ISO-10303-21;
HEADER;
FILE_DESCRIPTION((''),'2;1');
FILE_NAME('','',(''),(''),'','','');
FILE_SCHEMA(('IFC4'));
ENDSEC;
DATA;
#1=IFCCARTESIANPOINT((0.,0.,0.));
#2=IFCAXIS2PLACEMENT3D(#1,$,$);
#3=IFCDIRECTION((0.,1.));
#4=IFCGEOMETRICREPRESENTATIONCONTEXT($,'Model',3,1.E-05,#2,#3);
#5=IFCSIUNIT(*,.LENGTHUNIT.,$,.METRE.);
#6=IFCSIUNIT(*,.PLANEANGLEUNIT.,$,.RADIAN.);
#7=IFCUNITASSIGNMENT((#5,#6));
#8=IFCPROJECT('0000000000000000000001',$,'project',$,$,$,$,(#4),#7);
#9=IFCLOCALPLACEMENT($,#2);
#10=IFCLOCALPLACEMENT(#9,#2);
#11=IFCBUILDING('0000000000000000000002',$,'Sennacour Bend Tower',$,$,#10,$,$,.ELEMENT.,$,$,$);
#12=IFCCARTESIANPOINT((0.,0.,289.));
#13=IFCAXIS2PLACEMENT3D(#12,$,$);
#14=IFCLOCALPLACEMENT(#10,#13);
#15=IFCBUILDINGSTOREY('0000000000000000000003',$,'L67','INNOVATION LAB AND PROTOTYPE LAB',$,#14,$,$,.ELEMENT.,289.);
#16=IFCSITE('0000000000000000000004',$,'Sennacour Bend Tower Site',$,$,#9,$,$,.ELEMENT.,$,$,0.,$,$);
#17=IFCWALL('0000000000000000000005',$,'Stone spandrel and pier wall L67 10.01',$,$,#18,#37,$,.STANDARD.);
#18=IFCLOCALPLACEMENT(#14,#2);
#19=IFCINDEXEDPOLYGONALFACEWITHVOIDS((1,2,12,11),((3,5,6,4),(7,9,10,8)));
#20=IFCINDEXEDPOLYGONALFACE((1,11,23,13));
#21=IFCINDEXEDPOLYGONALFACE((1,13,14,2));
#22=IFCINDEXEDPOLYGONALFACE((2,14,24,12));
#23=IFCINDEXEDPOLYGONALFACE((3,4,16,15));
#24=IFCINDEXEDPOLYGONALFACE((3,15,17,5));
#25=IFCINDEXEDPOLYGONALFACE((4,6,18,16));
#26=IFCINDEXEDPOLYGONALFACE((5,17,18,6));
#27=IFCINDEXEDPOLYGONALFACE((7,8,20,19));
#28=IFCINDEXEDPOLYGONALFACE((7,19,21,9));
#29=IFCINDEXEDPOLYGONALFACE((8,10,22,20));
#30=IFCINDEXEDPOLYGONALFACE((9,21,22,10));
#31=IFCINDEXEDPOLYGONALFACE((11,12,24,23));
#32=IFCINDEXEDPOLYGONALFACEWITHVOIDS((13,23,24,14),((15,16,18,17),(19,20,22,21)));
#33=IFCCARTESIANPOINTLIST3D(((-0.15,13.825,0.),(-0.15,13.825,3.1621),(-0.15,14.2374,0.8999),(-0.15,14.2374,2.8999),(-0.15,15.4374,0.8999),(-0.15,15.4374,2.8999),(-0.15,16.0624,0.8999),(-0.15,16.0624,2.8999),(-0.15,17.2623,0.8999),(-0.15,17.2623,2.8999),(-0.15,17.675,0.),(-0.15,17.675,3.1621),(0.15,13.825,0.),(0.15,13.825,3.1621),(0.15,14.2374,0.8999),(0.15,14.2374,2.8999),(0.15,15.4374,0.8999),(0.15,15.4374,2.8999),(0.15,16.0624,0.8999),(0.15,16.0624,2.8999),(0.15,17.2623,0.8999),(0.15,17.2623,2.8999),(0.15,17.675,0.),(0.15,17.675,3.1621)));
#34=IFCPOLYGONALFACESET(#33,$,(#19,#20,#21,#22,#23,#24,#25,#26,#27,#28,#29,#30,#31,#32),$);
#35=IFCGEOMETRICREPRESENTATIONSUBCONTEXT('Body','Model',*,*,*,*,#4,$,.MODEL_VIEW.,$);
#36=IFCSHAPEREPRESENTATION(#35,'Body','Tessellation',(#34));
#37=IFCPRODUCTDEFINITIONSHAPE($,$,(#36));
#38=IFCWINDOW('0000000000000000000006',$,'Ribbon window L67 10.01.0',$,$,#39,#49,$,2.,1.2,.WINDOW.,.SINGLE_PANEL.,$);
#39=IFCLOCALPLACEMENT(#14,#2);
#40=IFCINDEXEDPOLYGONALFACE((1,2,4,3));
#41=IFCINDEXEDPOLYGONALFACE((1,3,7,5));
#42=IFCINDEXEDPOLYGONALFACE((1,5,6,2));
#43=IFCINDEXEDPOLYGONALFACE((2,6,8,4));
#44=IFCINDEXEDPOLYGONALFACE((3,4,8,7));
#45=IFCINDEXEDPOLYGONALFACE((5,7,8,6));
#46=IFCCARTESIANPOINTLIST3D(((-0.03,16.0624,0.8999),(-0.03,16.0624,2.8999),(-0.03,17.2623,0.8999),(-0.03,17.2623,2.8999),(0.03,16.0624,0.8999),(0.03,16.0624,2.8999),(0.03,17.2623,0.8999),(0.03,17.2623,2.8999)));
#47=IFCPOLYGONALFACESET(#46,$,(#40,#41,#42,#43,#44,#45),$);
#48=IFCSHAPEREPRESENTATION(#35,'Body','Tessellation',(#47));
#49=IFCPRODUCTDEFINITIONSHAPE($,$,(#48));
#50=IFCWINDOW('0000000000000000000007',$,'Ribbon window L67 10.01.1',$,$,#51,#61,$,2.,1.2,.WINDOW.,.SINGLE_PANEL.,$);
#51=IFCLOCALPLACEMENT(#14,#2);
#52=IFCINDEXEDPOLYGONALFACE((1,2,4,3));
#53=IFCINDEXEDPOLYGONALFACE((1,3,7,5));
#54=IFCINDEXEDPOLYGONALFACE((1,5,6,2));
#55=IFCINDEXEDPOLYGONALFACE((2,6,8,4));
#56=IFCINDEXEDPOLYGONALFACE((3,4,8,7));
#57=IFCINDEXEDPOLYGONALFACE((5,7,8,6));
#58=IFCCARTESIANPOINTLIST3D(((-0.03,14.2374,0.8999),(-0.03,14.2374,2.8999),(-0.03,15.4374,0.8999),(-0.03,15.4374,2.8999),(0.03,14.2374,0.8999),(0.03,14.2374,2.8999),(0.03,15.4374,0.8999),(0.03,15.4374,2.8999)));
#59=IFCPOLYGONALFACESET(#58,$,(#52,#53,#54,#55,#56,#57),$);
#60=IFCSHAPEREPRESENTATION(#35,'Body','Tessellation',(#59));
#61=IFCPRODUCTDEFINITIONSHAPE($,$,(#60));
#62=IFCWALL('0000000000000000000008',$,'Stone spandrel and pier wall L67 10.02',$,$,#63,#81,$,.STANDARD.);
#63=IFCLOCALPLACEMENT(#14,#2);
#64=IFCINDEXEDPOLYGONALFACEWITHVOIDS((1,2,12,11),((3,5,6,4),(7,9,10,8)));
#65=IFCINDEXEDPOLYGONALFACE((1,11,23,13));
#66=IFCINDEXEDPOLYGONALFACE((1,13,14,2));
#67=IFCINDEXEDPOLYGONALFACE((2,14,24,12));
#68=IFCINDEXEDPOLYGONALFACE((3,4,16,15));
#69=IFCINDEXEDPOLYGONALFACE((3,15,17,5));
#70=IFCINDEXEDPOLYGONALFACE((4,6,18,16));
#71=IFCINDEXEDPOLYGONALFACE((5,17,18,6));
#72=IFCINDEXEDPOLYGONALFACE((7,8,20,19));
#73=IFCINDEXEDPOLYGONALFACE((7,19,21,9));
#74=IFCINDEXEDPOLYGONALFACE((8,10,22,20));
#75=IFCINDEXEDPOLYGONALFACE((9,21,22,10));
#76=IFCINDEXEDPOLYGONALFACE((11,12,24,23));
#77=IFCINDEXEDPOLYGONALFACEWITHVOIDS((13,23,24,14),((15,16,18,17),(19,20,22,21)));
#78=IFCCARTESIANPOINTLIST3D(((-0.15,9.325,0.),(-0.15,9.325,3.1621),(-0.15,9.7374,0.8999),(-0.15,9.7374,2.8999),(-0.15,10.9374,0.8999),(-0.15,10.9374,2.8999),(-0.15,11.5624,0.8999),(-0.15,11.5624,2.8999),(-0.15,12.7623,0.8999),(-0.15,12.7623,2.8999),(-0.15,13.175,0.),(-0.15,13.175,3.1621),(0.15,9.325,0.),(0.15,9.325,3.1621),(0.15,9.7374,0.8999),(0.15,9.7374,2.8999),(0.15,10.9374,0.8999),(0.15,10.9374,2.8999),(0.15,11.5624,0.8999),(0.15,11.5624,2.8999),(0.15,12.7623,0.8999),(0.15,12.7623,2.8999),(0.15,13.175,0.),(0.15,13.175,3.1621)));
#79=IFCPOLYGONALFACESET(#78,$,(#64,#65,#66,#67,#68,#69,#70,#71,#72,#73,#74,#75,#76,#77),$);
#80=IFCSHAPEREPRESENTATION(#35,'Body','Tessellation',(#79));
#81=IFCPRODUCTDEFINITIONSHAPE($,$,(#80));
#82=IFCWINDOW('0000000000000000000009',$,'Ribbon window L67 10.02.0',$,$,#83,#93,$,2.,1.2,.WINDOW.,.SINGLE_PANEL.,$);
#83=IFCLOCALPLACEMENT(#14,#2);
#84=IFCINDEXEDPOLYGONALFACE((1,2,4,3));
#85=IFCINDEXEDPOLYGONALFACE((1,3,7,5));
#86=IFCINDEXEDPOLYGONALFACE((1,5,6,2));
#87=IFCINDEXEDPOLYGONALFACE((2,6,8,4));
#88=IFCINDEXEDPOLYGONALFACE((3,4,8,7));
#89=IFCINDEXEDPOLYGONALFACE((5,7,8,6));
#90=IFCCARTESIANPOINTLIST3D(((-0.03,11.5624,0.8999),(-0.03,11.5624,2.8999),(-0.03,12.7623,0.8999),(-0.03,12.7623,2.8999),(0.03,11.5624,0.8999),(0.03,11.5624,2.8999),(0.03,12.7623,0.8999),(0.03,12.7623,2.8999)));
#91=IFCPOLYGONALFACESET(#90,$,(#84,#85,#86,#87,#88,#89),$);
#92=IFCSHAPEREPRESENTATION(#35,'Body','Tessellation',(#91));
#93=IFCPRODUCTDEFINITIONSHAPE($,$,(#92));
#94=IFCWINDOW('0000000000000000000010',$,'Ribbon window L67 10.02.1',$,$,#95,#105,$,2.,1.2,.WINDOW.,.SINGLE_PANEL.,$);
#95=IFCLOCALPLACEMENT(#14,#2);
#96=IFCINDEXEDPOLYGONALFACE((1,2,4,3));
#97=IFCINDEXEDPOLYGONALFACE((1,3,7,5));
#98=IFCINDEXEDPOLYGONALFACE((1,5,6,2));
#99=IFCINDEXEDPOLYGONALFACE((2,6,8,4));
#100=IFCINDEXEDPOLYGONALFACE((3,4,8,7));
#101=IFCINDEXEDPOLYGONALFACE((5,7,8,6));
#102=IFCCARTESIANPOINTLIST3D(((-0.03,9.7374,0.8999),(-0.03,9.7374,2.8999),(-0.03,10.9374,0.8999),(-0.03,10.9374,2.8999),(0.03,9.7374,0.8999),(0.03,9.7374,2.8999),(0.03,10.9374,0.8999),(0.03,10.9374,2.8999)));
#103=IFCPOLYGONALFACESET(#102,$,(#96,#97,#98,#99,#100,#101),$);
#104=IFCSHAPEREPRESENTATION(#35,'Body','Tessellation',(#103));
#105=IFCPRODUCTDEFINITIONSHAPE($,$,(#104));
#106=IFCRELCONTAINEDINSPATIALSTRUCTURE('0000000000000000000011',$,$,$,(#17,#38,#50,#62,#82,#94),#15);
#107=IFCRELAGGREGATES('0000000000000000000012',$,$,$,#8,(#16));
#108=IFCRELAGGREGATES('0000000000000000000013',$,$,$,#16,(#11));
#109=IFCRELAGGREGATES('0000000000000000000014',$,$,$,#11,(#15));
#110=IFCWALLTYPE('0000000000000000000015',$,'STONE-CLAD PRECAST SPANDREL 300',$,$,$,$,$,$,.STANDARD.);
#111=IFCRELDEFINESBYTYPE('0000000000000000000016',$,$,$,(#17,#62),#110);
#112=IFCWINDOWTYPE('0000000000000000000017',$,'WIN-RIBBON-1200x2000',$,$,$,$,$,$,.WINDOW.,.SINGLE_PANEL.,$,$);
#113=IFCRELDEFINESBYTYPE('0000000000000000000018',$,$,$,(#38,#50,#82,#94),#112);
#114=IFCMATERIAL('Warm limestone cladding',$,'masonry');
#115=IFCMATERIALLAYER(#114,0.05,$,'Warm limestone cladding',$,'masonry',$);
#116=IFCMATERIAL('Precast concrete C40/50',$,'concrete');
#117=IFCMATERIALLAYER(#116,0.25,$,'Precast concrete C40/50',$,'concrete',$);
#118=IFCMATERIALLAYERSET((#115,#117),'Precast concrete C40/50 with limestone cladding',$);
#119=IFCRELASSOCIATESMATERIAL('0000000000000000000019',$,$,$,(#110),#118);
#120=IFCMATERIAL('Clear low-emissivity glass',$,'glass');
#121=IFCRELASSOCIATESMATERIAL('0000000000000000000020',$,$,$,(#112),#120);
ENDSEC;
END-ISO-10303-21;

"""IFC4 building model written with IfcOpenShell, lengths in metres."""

from ifc_helpers import new_model, si_unit, direction, frame, frame_2d, origin, place, context, subcontext, project, spatial, rectangle, extrude, material, layer, layer_set, type_object, element, fill, save


model = new_model("IFC4")

# Units and contexts
model_context = context("Model", 3, precision=1e-05, world=origin(), true_north=direction((0.0, 1.0)))
body_context = subcontext(model_context, "Body", "Model", "MODEL_VIEW")
ifc_project = project(units=[si_unit("LENGTHUNIT", "METRE"), si_unit("PLANEANGLEUNIT", "RADIAN")], contexts=[model_context])

# Site, building, storey
site_placement = place(None, origin())
site = spatial("IfcSite", under=ifc_project, at=site_placement, Name="Sennacour Bend Tower Site", CompositionType="ELEMENT", RefElevation=0.0)
building_placement = place(site_placement, origin())
building = spatial("IfcBuilding", under=site, at=building_placement, Name="Sennacour Bend Tower", CompositionType="ELEMENT")
storey_placement = place(building_placement, frame((0.0, 0.0, 289.0)))
storey = spatial("IfcBuildingStorey", under=building, at=storey_placement, Name="L67", Description="INNOVATION LAB AND PROTOTYPE LAB", CompositionType="ELEMENT", Elevation=289.0)

# Walls, openings, windows
ifc_material_1 = material(Name="Warm limestone cladding", Category="masonry")
ifc_layer_1 = layer(ifc_material_1, 0.05, Name="Warm limestone cladding", Category="masonry")
ifc_material_2 = material(Name="Precast concrete C40/50", Category="concrete")
ifc_layer_2 = layer(ifc_material_2, 0.25, Name="Precast concrete C40/50", Category="concrete")
ifc_layer_set_1 = layer_set([ifc_layer_1, ifc_layer_2], Name="Precast concrete C40/50 with limestone cladding")
wall_type_1 = type_object("IfcWallType", Name="STONE-CLAD PRECAST SPANDREL 300", PredefinedType="STANDARD", material=ifc_layer_set_1)
ifc_material_3 = material(Name="Clear low-emissivity glass", Category="glass")
window_type_1 = type_object("IfcWindowType", Name="WIN-RIBBON-1200x2000", PartitioningType="SINGLE_PANEL", PredefinedType="WINDOW", material=ifc_material_3)
wall_1_placement = place(storey_placement, frame((0.0, 17.675, 0.0), z_axis=(0.0, 0.0, 1.0), x_axis=(0.0, -1.0, 0.0)))
wall_1 = element("IfcWall", 1, at=wall_1_placement, inside=storey, type_object=wall_type_1, Name="Stone spandrel and pier wall L67 10.01", PredefinedType="STANDARD", context=body_context, shape_type="SweptSolid", body=[
    extrude(rectangle(XDim=3.8501, YDim=0.3, at=frame_2d((1.925, 0.0))), origin(), (0.0, 0.0, 1.0), 3.1621),
])
opening_1_placement = place(wall_1_placement, frame((0.4126, 0.0, 0.8999)))
opening_1 = element("IfcOpeningElement", 2, at=opening_1_placement, cuts=wall_1, PredefinedType="OPENING", context=body_context, shape_type="SweptSolid", body=[
    extrude(rectangle(XDim=1.2, YDim=2.0, at=frame_2d((0.6001, 1.0))), frame((0.0, 0.1602, 0.0), z_axis=(0.0, -1.0, 0.0), x_axis=(1.0, 0.0, 0.0)), (0.0, 0.0, 1.0), 0.3201),
])
opening_2_placement = place(wall_1_placement, frame((2.2375, 0.0, 0.8999)))
opening_2 = element("IfcOpeningElement", 3, at=opening_2_placement, cuts=wall_1, PredefinedType="OPENING", context=body_context, shape_type="SweptSolid", body=[
    extrude(rectangle(XDim=1.2, YDim=2.0, at=frame_2d((0.6001, 1.0))), frame((0.0, 0.1602, 0.0), z_axis=(0.0, -1.0, 0.0), x_axis=(1.0, 0.0, 0.0)), (0.0, 0.0, 1.0), 0.3201),
])
window_1_placement = place(opening_1_placement, origin())
window_1 = element("IfcWindow", 4, at=window_1_placement, inside=storey, type_object=window_type_1, Name="Ribbon window L67 10.01.0", OverallHeight=2.0, OverallWidth=1.2, PartitioningType="SINGLE_PANEL", PredefinedType="WINDOW", context=body_context, shape_type="SweptSolid", body=[
    extrude(rectangle(XDim=1.2, YDim=2.0, at=frame_2d((0.6001, 1.0))), frame((0.0, 0.03, 0.0), z_axis=(0.0, -1.0, 0.0), x_axis=(1.0, 0.0, 0.0)), (0.0, 0.0, 1.0), 0.0601),
])
fill(opening_1, window_1)
window_2_placement = place(opening_2_placement, origin())
window_2 = element("IfcWindow", 5, at=window_2_placement, inside=storey, type_object=window_type_1, Name="Ribbon window L67 10.01.1", OverallHeight=2.0, OverallWidth=1.2, PartitioningType="SINGLE_PANEL", PredefinedType="WINDOW", context=body_context, shape_type="SweptSolid", body=[
    extrude(rectangle(XDim=1.2, YDim=2.0, at=frame_2d((0.6001, 1.0))), frame((0.0, 0.03, 0.0), z_axis=(0.0, -1.0, 0.0), x_axis=(1.0, 0.0, 0.0)), (0.0, 0.0, 1.0), 0.0601),
])
fill(opening_2, window_2)
wall_2_placement = place(storey_placement, frame((0.0, 13.175, 0.0), z_axis=(0.0, 0.0, 1.0), x_axis=(0.0, -1.0, 0.0)))
wall_2 = element("IfcWall", 6, at=wall_2_placement, inside=storey, type_object=wall_type_1, Name="Stone spandrel and pier wall L67 10.02", PredefinedType="STANDARD", context=body_context, shape_type="SweptSolid", body=[
    extrude(rectangle(XDim=3.8501, YDim=0.3, at=frame_2d((1.925, 0.0))), origin(), (0.0, 0.0, 1.0), 3.1621),
])
opening_3_placement = place(wall_2_placement, frame((0.4126, 0.0, 0.8999)))
opening_3 = element("IfcOpeningElement", 7, at=opening_3_placement, cuts=wall_2, PredefinedType="OPENING", context=body_context, shape_type="SweptSolid", body=[
    extrude(rectangle(XDim=1.2, YDim=2.0, at=frame_2d((0.6001, 1.0))), frame((0.0, 0.1602, 0.0), z_axis=(0.0, -1.0, 0.0), x_axis=(1.0, 0.0, 0.0)), (0.0, 0.0, 1.0), 0.3201),
])
opening_4_placement = place(wall_2_placement, frame((2.2375, 0.0, 0.8999)))
opening_4 = element("IfcOpeningElement", 8, at=opening_4_placement, cuts=wall_2, PredefinedType="OPENING", context=body_context, shape_type="SweptSolid", body=[
    extrude(rectangle(XDim=1.2, YDim=2.0, at=frame_2d((0.6001, 1.0))), frame((0.0, 0.1602, 0.0), z_axis=(0.0, -1.0, 0.0), x_axis=(1.0, 0.0, 0.0)), (0.0, 0.0, 1.0), 0.3201),
])
window_3_placement = place(opening_3_placement, origin())
window_3 = element("IfcWindow", 9, at=window_3_placement, inside=storey, type_object=window_type_1, Name="Ribbon window L67 10.02.0", OverallHeight=2.0, OverallWidth=1.2, PartitioningType="SINGLE_PANEL", PredefinedType="WINDOW", context=body_context, shape_type="SweptSolid", body=[
    extrude(rectangle(XDim=1.2, YDim=2.0, at=frame_2d((0.6001, 1.0))), frame((0.0, 0.03, 0.0), z_axis=(0.0, -1.0, 0.0), x_axis=(1.0, 0.0, 0.0)), (0.0, 0.0, 1.0), 0.0601),
])
fill(opening_3, window_3)
window_4_placement = place(opening_4_placement, origin())
window_4 = element("IfcWindow", 10, at=window_4_placement, inside=storey, type_object=window_type_1, Name="Ribbon window L67 10.02.1", OverallHeight=2.0, OverallWidth=1.2, PartitioningType="SINGLE_PANEL", PredefinedType="WINDOW", context=body_context, shape_type="SweptSolid", body=[
    extrude(rectangle(XDim=1.2, YDim=2.0, at=frame_2d((0.6001, 1.0))), frame((0.0, 0.03, 0.0), z_axis=(0.0, -1.0, 0.0), x_axis=(1.0, 0.0, 0.0)), (0.0, 0.0, 1.0), 0.0601),
])
fill(opening_4, window_4)

save(model, "model.ifc")
